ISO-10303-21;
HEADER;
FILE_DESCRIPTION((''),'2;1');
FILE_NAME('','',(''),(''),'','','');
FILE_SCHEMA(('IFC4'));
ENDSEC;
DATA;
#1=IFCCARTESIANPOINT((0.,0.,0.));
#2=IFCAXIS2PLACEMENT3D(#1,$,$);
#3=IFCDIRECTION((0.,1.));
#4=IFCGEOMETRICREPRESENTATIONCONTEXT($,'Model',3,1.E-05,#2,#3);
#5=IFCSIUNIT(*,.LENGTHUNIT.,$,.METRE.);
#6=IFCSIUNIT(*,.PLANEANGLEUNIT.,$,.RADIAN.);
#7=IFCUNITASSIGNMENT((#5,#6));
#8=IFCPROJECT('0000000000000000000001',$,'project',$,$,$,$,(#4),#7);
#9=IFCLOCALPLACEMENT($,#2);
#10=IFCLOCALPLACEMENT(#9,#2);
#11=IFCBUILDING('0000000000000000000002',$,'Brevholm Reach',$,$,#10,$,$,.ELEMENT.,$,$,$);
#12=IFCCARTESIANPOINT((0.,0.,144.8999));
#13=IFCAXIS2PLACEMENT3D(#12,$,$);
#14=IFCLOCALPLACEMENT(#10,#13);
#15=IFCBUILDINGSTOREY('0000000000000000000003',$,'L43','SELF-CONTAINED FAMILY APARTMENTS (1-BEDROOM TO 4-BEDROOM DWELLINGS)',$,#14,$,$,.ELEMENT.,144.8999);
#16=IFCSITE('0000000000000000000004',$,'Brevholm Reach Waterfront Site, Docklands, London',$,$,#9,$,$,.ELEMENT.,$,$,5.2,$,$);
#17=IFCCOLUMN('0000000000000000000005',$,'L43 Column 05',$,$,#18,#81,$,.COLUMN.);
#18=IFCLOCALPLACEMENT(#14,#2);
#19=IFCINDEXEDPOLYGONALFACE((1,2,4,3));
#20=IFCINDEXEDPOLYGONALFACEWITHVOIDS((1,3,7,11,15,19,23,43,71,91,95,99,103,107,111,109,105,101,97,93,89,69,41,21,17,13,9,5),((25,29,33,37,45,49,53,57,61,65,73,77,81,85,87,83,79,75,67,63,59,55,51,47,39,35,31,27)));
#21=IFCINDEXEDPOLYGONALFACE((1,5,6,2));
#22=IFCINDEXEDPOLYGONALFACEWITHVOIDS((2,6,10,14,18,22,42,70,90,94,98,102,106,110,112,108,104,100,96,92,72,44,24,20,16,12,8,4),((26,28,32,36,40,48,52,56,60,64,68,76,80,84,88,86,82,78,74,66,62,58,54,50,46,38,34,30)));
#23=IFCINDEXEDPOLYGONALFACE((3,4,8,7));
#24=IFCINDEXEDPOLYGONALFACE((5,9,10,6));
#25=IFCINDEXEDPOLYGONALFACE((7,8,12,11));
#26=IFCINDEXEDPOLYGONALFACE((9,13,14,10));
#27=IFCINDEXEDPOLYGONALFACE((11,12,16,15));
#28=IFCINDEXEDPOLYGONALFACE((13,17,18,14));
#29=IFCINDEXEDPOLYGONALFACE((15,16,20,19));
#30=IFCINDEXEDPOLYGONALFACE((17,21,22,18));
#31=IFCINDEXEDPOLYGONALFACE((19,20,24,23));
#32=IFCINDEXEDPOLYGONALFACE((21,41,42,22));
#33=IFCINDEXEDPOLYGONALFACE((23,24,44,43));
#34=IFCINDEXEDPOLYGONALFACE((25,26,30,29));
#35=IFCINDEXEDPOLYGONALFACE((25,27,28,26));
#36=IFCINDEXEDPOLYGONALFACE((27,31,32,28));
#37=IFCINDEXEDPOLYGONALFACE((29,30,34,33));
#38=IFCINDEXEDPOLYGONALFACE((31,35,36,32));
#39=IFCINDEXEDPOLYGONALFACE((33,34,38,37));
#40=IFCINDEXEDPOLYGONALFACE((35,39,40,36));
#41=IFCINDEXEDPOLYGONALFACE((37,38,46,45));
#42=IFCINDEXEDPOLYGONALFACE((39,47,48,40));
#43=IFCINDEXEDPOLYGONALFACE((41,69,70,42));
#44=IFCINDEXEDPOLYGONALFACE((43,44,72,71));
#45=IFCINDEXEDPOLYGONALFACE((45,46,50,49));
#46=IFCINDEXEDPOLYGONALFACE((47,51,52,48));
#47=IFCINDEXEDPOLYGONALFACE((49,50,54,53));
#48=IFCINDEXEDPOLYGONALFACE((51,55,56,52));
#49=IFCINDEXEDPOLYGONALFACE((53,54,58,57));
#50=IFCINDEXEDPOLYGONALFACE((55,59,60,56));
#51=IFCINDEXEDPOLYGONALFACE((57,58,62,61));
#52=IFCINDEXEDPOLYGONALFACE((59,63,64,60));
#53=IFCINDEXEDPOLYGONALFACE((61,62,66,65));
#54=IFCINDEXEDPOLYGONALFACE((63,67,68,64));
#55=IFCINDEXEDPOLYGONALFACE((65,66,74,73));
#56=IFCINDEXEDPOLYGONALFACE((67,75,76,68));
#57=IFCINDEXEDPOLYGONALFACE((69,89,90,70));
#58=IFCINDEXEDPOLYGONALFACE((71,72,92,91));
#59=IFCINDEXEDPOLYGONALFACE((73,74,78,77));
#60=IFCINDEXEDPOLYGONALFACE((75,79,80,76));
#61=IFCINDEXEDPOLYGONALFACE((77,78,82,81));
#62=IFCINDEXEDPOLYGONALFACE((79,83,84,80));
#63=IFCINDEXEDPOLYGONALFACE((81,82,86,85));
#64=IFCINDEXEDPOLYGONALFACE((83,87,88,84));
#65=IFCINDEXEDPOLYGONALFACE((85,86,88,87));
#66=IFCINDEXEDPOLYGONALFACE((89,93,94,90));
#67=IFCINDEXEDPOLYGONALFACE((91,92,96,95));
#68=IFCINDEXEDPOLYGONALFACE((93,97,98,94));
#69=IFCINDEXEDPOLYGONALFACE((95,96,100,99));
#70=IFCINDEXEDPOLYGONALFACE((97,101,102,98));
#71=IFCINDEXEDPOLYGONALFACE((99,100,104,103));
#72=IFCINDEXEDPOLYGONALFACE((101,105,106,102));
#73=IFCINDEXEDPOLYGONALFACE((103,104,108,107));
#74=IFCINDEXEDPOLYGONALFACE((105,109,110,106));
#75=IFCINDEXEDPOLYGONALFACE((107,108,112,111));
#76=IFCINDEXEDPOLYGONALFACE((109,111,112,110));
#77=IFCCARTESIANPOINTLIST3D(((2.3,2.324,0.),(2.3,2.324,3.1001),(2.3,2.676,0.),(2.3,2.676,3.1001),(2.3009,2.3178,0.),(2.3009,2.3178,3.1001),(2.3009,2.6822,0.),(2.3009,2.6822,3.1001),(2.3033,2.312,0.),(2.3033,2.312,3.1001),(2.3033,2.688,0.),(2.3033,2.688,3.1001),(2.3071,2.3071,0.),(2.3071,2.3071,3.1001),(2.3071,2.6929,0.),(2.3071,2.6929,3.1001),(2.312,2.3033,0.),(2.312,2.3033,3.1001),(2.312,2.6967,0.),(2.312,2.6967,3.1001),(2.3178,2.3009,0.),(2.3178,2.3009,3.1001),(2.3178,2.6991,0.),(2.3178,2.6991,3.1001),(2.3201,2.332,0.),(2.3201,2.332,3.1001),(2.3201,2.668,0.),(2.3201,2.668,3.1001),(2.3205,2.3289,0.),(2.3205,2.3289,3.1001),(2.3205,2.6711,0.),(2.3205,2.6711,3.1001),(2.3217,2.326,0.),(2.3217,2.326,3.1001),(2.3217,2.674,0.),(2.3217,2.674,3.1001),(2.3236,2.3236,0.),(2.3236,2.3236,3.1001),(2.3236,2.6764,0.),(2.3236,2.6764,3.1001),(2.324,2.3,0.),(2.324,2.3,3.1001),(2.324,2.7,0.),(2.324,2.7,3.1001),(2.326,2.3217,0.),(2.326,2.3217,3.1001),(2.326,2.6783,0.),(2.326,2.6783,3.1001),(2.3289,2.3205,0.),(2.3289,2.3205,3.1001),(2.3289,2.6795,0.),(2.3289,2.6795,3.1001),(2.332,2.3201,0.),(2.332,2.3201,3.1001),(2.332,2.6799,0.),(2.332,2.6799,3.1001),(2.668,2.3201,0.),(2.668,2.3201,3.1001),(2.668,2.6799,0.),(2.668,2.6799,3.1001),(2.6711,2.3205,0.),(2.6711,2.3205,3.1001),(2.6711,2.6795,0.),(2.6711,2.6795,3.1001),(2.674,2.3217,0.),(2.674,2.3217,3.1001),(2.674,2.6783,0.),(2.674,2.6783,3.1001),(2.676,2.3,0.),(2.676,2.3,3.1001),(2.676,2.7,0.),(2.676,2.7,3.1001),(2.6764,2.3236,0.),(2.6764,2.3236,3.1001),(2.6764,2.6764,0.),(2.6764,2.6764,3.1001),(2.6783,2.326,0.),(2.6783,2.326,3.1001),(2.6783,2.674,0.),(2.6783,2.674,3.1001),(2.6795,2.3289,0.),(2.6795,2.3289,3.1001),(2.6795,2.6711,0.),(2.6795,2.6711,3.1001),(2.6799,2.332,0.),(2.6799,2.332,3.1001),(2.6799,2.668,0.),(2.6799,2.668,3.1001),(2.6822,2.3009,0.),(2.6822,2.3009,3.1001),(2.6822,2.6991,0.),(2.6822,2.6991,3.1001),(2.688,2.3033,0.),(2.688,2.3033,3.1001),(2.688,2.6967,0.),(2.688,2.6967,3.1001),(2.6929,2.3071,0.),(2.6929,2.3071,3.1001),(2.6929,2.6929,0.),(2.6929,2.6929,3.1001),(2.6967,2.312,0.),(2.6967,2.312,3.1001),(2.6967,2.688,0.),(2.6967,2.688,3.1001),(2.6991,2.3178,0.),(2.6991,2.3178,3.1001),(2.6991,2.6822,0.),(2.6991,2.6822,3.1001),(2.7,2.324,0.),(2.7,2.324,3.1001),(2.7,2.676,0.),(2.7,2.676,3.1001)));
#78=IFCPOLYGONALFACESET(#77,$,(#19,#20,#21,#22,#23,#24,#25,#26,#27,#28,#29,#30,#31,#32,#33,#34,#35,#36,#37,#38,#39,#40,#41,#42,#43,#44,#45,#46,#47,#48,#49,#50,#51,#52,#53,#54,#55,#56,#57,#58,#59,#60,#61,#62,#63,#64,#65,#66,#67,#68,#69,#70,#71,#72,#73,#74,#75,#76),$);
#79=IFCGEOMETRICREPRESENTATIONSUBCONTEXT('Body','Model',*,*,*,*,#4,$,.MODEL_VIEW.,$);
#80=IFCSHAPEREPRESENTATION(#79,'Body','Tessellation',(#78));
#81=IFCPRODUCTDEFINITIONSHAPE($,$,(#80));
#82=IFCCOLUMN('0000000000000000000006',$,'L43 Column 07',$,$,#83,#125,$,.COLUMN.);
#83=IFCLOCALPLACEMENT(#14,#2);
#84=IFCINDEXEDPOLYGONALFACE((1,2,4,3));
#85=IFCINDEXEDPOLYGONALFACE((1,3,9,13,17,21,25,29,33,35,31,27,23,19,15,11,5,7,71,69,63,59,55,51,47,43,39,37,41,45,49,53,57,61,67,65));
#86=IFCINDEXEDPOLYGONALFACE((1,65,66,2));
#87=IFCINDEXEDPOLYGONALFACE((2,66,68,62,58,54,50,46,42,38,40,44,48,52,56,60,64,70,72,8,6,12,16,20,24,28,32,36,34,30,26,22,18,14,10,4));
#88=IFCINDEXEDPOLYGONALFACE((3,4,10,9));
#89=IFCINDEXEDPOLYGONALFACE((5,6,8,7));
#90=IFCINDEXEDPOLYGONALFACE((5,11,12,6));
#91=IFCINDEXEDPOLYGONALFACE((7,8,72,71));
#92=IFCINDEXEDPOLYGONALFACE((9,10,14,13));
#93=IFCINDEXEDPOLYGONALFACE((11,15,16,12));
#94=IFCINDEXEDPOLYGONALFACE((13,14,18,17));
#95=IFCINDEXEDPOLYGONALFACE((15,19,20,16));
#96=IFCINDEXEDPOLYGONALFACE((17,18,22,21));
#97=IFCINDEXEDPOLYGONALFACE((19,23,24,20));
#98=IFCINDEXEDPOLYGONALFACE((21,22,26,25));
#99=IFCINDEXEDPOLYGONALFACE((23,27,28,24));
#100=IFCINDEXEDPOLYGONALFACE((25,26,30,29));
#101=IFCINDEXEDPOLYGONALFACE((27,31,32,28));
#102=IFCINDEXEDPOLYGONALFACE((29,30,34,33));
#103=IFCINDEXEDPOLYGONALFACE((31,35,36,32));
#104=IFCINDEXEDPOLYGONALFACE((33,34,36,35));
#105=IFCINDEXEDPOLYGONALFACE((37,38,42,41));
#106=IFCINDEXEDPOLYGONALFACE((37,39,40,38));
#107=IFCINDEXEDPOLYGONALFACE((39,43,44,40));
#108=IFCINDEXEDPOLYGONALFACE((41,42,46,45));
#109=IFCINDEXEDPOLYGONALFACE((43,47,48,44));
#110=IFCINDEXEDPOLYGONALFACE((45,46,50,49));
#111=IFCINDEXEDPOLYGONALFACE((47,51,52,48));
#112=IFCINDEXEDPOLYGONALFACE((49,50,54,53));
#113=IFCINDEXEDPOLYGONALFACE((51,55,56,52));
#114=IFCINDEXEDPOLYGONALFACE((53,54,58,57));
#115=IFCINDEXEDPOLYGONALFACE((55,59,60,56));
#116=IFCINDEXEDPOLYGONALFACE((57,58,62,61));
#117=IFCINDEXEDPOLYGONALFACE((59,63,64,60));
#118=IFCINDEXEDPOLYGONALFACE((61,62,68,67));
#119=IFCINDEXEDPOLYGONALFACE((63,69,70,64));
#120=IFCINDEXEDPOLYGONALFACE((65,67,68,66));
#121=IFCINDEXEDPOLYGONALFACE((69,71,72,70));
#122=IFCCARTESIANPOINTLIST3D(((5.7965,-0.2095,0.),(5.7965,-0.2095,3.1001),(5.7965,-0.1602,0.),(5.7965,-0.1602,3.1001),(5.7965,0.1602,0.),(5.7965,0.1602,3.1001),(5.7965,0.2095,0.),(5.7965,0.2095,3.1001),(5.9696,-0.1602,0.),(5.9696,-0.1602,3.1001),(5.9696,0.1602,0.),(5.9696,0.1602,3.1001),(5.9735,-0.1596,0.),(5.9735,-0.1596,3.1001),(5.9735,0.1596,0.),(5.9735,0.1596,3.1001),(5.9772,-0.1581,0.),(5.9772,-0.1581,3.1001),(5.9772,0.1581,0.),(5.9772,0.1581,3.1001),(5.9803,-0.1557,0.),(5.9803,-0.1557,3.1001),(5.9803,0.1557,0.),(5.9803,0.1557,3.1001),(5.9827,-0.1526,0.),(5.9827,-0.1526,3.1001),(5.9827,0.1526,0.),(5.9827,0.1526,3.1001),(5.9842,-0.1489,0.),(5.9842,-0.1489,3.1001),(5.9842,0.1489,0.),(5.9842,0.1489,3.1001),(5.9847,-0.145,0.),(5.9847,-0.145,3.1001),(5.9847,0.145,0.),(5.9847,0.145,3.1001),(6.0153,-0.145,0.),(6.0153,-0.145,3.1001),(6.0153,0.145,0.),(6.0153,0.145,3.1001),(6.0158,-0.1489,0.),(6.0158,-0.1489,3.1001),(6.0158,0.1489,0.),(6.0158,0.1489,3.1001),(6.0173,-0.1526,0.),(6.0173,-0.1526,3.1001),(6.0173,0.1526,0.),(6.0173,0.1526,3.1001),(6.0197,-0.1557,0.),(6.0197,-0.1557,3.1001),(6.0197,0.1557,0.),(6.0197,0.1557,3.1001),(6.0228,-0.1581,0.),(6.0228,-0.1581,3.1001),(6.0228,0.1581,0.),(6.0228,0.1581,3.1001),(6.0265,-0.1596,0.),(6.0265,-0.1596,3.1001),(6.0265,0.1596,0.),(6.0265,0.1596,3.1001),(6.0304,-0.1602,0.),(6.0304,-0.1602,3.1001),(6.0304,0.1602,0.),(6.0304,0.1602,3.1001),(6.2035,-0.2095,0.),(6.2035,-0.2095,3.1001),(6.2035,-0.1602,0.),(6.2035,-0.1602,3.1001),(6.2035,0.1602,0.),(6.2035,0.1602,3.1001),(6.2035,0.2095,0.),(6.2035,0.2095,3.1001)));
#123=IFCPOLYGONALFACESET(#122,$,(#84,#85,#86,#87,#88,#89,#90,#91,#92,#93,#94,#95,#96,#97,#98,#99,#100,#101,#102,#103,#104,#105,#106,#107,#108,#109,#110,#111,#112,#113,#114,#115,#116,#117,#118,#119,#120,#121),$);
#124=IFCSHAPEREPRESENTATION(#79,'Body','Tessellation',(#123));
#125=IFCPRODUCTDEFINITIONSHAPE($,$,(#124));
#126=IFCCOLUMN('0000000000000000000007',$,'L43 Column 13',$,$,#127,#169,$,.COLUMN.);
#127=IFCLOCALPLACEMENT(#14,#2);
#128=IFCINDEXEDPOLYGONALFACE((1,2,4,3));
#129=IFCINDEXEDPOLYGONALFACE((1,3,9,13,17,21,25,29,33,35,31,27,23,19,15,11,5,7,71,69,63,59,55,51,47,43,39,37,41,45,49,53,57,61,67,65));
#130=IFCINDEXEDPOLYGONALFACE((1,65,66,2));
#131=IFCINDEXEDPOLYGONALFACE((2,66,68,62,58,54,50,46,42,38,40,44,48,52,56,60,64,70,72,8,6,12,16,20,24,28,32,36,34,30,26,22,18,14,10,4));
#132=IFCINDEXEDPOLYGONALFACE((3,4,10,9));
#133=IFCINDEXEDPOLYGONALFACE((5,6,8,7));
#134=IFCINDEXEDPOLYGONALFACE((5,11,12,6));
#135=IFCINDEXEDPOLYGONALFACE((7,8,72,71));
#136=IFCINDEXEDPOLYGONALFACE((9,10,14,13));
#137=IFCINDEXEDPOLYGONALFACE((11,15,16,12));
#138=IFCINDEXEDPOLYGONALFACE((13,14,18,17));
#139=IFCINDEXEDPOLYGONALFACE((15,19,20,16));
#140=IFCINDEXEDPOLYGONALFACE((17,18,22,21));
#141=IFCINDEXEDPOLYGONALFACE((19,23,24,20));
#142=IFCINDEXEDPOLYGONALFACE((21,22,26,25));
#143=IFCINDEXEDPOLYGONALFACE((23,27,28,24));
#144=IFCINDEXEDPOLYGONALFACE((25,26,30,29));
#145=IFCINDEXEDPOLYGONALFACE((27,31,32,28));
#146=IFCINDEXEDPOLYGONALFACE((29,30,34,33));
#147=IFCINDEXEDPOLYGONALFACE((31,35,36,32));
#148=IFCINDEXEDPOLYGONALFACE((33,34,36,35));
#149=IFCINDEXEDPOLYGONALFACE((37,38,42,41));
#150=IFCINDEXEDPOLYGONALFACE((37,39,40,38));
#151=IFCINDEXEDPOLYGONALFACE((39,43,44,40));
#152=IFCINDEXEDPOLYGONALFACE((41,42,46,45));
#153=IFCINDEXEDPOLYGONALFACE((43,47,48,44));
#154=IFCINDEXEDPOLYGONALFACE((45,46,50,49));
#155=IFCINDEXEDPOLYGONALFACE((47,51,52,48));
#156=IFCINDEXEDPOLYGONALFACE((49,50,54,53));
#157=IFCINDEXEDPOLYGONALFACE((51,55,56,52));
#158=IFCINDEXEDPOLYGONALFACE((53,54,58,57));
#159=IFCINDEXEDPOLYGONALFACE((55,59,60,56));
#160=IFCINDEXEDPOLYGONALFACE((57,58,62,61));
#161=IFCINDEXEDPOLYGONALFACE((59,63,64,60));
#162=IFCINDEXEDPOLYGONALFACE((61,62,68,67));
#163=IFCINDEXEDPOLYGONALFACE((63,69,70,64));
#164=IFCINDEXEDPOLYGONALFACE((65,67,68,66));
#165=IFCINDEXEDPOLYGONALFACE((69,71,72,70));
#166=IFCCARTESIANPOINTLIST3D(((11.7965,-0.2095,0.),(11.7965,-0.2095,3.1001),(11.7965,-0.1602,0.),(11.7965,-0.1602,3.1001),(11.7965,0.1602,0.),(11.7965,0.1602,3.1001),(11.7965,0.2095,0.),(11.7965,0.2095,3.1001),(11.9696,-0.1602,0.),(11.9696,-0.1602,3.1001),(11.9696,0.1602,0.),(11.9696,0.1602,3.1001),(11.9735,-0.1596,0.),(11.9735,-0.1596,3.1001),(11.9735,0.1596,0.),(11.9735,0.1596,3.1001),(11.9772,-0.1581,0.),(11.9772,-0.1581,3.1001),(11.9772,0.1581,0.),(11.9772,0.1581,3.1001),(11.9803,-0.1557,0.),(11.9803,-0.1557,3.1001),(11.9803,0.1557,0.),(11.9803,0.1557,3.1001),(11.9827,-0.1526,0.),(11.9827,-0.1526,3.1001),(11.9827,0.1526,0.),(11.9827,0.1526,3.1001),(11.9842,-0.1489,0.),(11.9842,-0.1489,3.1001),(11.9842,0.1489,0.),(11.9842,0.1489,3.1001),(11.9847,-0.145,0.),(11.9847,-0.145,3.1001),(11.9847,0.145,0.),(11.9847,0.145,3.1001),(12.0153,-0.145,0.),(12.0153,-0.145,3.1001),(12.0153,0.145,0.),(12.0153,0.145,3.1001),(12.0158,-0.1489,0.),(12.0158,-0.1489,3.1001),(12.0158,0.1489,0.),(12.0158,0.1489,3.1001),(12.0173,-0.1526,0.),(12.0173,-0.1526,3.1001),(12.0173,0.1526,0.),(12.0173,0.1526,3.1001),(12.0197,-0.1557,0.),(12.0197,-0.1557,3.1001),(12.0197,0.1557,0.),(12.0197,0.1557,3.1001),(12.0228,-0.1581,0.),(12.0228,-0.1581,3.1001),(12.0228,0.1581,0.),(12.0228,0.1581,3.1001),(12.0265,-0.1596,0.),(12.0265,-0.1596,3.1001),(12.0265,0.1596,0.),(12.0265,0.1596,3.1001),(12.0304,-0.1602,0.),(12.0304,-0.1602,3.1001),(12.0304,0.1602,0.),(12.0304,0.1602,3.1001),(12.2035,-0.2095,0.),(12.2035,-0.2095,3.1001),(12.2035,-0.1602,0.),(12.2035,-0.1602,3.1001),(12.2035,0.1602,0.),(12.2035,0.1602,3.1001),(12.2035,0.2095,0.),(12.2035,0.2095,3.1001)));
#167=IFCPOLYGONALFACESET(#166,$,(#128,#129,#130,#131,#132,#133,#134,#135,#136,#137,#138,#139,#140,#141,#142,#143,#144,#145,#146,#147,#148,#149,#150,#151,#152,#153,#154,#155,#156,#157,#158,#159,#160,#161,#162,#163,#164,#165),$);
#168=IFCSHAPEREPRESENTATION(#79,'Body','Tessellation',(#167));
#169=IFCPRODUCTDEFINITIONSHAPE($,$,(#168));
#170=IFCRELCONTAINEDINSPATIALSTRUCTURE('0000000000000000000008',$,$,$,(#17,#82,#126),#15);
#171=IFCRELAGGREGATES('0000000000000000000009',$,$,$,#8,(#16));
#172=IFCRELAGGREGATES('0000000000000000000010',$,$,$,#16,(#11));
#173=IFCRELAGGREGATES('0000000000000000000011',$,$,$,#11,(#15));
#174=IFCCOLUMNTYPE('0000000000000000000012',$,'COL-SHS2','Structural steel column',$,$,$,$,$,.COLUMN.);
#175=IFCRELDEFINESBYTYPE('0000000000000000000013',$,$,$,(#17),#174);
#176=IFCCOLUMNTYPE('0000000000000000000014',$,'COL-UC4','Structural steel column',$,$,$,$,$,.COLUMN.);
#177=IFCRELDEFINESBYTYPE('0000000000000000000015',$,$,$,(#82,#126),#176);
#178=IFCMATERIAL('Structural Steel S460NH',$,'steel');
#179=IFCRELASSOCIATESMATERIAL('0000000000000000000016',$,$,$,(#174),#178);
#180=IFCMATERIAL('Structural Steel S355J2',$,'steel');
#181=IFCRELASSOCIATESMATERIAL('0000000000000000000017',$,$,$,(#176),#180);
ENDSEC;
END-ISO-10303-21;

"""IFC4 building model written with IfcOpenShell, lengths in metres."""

from ifc_helpers import new_model, si_unit, direction, frame, origin, origin_2d, place, context, subcontext, project, spatial, hollow_rectangle, i_section, extrude, material, material_profile, profile_set, type_object, element, save


model = new_model("IFC4")

# Units and contexts
model_context = context("Model", 3, precision=1e-05, world=origin(), true_north=direction((0.0, 1.0)))
body_context = subcontext(model_context, "Body", "Model", "MODEL_VIEW")
ifc_project = project(units=[si_unit("LENGTHUNIT", "METRE"), si_unit("PLANEANGLEUNIT", "RADIAN")], contexts=[model_context])

# Site, building, storey
site_placement = place(None, origin())
site = spatial("IfcSite", under=ifc_project, at=site_placement, Name="Brevholm Reach Waterfront Site, Docklands, London", CompositionType="ELEMENT", RefElevation=5.2)
building_placement = place(site_placement, origin())
building = spatial("IfcBuilding", under=site, at=building_placement, Name="Brevholm Reach", CompositionType="ELEMENT")
storey_placement = place(building_placement, frame((0.0, 0.0, 144.8999)))
storey = spatial("IfcBuildingStorey", under=building, at=storey_placement, Name="L43", Description="SELF-CONTAINED FAMILY APARTMENTS (1-BEDROOM TO 4-BEDROOM DWELLINGS)", CompositionType="ELEMENT", Elevation=144.8999)

# Columns
ifc_material_1 = material(Name="Structural Steel S460NH", Category="steel")
ifc_material_profile_1 = material_profile(ifc_material_1, hollow_rectangle(XDim=0.3999, YDim=0.3999, WallThickness=0.02, InnerFilletRadius=0.012, OuterFilletRadius=0.0239, at=origin_2d()), Name="SHS 400x400x20")
ifc_profile_set_1 = profile_set([ifc_material_profile_1], Name="Structural Steel S460NH")
column_type_1 = type_object("IfcColumnType", Name="COL-SHS2", Description="Structural steel column", PredefinedType="COLUMN", material=ifc_profile_set_1)
column_placement = place(storey_placement, frame((2.5, 2.5, 0.0), z_axis=(0.0, 0.0, 1.0), x_axis=(1.0, 0.0, 0.0)))
element("IfcColumn", 1, at=column_placement, inside=storey, type_object=column_type_1, Name="L43 Column 05", PredefinedType="COLUMN", context=body_context, shape_type="SweptSolid", body=[
    extrude(hollow_rectangle(XDim=0.3999, YDim=0.3999, WallThickness=0.02, InnerFilletRadius=0.012, OuterFilletRadius=0.0239, at=origin_2d()), origin(), (0.0, 0.0, 1.0), 3.1001),
])
ifc_material_2 = material(Name="Structural Steel S355J2", Category="steel")
ifc_material_profile_2 = material_profile(ifc_material_2, i_section(OverallWidth=0.407, OverallDepth=0.4189, WebThickness=0.0305, FlangeThickness=0.0493, FilletRadius=0.0151, at=origin_2d()), Name="UKC 356x406x393")
ifc_profile_set_2 = profile_set([ifc_material_profile_2], Name="Structural Steel S355J2")
column_type_2 = type_object("IfcColumnType", Name="COL-UC4", Description="Structural steel column", PredefinedType="COLUMN", material=ifc_profile_set_2)
for number, where, z_axis, x_axis, name in (
    (2, (6.0, 0.0, 0.0), (0.0, 0.0, 1.0), (1.0, 0.0, 0.0), "L43 Column 07"),
    (3, (12.0, 0.0, 0.0), (0.0, 0.0, 1.0), (1.0, 0.0, 0.0), "L43 Column 13"),
):
    element("IfcColumn", number, at=place(storey_placement, frame(where, z_axis=z_axis, x_axis=x_axis)), inside=storey, type_object=column_type_2, Name=name, PredefinedType="COLUMN", context=body_context, shape_type="SweptSolid", body=[
        extrude(i_section(OverallWidth=0.407, OverallDepth=0.4189, WebThickness=0.0305, FlangeThickness=0.0493, FilletRadius=0.0151, at=origin_2d()), origin(), (0.0, 0.0, 1.0), 3.1001),
    ])

save(model, "model.ifc")
